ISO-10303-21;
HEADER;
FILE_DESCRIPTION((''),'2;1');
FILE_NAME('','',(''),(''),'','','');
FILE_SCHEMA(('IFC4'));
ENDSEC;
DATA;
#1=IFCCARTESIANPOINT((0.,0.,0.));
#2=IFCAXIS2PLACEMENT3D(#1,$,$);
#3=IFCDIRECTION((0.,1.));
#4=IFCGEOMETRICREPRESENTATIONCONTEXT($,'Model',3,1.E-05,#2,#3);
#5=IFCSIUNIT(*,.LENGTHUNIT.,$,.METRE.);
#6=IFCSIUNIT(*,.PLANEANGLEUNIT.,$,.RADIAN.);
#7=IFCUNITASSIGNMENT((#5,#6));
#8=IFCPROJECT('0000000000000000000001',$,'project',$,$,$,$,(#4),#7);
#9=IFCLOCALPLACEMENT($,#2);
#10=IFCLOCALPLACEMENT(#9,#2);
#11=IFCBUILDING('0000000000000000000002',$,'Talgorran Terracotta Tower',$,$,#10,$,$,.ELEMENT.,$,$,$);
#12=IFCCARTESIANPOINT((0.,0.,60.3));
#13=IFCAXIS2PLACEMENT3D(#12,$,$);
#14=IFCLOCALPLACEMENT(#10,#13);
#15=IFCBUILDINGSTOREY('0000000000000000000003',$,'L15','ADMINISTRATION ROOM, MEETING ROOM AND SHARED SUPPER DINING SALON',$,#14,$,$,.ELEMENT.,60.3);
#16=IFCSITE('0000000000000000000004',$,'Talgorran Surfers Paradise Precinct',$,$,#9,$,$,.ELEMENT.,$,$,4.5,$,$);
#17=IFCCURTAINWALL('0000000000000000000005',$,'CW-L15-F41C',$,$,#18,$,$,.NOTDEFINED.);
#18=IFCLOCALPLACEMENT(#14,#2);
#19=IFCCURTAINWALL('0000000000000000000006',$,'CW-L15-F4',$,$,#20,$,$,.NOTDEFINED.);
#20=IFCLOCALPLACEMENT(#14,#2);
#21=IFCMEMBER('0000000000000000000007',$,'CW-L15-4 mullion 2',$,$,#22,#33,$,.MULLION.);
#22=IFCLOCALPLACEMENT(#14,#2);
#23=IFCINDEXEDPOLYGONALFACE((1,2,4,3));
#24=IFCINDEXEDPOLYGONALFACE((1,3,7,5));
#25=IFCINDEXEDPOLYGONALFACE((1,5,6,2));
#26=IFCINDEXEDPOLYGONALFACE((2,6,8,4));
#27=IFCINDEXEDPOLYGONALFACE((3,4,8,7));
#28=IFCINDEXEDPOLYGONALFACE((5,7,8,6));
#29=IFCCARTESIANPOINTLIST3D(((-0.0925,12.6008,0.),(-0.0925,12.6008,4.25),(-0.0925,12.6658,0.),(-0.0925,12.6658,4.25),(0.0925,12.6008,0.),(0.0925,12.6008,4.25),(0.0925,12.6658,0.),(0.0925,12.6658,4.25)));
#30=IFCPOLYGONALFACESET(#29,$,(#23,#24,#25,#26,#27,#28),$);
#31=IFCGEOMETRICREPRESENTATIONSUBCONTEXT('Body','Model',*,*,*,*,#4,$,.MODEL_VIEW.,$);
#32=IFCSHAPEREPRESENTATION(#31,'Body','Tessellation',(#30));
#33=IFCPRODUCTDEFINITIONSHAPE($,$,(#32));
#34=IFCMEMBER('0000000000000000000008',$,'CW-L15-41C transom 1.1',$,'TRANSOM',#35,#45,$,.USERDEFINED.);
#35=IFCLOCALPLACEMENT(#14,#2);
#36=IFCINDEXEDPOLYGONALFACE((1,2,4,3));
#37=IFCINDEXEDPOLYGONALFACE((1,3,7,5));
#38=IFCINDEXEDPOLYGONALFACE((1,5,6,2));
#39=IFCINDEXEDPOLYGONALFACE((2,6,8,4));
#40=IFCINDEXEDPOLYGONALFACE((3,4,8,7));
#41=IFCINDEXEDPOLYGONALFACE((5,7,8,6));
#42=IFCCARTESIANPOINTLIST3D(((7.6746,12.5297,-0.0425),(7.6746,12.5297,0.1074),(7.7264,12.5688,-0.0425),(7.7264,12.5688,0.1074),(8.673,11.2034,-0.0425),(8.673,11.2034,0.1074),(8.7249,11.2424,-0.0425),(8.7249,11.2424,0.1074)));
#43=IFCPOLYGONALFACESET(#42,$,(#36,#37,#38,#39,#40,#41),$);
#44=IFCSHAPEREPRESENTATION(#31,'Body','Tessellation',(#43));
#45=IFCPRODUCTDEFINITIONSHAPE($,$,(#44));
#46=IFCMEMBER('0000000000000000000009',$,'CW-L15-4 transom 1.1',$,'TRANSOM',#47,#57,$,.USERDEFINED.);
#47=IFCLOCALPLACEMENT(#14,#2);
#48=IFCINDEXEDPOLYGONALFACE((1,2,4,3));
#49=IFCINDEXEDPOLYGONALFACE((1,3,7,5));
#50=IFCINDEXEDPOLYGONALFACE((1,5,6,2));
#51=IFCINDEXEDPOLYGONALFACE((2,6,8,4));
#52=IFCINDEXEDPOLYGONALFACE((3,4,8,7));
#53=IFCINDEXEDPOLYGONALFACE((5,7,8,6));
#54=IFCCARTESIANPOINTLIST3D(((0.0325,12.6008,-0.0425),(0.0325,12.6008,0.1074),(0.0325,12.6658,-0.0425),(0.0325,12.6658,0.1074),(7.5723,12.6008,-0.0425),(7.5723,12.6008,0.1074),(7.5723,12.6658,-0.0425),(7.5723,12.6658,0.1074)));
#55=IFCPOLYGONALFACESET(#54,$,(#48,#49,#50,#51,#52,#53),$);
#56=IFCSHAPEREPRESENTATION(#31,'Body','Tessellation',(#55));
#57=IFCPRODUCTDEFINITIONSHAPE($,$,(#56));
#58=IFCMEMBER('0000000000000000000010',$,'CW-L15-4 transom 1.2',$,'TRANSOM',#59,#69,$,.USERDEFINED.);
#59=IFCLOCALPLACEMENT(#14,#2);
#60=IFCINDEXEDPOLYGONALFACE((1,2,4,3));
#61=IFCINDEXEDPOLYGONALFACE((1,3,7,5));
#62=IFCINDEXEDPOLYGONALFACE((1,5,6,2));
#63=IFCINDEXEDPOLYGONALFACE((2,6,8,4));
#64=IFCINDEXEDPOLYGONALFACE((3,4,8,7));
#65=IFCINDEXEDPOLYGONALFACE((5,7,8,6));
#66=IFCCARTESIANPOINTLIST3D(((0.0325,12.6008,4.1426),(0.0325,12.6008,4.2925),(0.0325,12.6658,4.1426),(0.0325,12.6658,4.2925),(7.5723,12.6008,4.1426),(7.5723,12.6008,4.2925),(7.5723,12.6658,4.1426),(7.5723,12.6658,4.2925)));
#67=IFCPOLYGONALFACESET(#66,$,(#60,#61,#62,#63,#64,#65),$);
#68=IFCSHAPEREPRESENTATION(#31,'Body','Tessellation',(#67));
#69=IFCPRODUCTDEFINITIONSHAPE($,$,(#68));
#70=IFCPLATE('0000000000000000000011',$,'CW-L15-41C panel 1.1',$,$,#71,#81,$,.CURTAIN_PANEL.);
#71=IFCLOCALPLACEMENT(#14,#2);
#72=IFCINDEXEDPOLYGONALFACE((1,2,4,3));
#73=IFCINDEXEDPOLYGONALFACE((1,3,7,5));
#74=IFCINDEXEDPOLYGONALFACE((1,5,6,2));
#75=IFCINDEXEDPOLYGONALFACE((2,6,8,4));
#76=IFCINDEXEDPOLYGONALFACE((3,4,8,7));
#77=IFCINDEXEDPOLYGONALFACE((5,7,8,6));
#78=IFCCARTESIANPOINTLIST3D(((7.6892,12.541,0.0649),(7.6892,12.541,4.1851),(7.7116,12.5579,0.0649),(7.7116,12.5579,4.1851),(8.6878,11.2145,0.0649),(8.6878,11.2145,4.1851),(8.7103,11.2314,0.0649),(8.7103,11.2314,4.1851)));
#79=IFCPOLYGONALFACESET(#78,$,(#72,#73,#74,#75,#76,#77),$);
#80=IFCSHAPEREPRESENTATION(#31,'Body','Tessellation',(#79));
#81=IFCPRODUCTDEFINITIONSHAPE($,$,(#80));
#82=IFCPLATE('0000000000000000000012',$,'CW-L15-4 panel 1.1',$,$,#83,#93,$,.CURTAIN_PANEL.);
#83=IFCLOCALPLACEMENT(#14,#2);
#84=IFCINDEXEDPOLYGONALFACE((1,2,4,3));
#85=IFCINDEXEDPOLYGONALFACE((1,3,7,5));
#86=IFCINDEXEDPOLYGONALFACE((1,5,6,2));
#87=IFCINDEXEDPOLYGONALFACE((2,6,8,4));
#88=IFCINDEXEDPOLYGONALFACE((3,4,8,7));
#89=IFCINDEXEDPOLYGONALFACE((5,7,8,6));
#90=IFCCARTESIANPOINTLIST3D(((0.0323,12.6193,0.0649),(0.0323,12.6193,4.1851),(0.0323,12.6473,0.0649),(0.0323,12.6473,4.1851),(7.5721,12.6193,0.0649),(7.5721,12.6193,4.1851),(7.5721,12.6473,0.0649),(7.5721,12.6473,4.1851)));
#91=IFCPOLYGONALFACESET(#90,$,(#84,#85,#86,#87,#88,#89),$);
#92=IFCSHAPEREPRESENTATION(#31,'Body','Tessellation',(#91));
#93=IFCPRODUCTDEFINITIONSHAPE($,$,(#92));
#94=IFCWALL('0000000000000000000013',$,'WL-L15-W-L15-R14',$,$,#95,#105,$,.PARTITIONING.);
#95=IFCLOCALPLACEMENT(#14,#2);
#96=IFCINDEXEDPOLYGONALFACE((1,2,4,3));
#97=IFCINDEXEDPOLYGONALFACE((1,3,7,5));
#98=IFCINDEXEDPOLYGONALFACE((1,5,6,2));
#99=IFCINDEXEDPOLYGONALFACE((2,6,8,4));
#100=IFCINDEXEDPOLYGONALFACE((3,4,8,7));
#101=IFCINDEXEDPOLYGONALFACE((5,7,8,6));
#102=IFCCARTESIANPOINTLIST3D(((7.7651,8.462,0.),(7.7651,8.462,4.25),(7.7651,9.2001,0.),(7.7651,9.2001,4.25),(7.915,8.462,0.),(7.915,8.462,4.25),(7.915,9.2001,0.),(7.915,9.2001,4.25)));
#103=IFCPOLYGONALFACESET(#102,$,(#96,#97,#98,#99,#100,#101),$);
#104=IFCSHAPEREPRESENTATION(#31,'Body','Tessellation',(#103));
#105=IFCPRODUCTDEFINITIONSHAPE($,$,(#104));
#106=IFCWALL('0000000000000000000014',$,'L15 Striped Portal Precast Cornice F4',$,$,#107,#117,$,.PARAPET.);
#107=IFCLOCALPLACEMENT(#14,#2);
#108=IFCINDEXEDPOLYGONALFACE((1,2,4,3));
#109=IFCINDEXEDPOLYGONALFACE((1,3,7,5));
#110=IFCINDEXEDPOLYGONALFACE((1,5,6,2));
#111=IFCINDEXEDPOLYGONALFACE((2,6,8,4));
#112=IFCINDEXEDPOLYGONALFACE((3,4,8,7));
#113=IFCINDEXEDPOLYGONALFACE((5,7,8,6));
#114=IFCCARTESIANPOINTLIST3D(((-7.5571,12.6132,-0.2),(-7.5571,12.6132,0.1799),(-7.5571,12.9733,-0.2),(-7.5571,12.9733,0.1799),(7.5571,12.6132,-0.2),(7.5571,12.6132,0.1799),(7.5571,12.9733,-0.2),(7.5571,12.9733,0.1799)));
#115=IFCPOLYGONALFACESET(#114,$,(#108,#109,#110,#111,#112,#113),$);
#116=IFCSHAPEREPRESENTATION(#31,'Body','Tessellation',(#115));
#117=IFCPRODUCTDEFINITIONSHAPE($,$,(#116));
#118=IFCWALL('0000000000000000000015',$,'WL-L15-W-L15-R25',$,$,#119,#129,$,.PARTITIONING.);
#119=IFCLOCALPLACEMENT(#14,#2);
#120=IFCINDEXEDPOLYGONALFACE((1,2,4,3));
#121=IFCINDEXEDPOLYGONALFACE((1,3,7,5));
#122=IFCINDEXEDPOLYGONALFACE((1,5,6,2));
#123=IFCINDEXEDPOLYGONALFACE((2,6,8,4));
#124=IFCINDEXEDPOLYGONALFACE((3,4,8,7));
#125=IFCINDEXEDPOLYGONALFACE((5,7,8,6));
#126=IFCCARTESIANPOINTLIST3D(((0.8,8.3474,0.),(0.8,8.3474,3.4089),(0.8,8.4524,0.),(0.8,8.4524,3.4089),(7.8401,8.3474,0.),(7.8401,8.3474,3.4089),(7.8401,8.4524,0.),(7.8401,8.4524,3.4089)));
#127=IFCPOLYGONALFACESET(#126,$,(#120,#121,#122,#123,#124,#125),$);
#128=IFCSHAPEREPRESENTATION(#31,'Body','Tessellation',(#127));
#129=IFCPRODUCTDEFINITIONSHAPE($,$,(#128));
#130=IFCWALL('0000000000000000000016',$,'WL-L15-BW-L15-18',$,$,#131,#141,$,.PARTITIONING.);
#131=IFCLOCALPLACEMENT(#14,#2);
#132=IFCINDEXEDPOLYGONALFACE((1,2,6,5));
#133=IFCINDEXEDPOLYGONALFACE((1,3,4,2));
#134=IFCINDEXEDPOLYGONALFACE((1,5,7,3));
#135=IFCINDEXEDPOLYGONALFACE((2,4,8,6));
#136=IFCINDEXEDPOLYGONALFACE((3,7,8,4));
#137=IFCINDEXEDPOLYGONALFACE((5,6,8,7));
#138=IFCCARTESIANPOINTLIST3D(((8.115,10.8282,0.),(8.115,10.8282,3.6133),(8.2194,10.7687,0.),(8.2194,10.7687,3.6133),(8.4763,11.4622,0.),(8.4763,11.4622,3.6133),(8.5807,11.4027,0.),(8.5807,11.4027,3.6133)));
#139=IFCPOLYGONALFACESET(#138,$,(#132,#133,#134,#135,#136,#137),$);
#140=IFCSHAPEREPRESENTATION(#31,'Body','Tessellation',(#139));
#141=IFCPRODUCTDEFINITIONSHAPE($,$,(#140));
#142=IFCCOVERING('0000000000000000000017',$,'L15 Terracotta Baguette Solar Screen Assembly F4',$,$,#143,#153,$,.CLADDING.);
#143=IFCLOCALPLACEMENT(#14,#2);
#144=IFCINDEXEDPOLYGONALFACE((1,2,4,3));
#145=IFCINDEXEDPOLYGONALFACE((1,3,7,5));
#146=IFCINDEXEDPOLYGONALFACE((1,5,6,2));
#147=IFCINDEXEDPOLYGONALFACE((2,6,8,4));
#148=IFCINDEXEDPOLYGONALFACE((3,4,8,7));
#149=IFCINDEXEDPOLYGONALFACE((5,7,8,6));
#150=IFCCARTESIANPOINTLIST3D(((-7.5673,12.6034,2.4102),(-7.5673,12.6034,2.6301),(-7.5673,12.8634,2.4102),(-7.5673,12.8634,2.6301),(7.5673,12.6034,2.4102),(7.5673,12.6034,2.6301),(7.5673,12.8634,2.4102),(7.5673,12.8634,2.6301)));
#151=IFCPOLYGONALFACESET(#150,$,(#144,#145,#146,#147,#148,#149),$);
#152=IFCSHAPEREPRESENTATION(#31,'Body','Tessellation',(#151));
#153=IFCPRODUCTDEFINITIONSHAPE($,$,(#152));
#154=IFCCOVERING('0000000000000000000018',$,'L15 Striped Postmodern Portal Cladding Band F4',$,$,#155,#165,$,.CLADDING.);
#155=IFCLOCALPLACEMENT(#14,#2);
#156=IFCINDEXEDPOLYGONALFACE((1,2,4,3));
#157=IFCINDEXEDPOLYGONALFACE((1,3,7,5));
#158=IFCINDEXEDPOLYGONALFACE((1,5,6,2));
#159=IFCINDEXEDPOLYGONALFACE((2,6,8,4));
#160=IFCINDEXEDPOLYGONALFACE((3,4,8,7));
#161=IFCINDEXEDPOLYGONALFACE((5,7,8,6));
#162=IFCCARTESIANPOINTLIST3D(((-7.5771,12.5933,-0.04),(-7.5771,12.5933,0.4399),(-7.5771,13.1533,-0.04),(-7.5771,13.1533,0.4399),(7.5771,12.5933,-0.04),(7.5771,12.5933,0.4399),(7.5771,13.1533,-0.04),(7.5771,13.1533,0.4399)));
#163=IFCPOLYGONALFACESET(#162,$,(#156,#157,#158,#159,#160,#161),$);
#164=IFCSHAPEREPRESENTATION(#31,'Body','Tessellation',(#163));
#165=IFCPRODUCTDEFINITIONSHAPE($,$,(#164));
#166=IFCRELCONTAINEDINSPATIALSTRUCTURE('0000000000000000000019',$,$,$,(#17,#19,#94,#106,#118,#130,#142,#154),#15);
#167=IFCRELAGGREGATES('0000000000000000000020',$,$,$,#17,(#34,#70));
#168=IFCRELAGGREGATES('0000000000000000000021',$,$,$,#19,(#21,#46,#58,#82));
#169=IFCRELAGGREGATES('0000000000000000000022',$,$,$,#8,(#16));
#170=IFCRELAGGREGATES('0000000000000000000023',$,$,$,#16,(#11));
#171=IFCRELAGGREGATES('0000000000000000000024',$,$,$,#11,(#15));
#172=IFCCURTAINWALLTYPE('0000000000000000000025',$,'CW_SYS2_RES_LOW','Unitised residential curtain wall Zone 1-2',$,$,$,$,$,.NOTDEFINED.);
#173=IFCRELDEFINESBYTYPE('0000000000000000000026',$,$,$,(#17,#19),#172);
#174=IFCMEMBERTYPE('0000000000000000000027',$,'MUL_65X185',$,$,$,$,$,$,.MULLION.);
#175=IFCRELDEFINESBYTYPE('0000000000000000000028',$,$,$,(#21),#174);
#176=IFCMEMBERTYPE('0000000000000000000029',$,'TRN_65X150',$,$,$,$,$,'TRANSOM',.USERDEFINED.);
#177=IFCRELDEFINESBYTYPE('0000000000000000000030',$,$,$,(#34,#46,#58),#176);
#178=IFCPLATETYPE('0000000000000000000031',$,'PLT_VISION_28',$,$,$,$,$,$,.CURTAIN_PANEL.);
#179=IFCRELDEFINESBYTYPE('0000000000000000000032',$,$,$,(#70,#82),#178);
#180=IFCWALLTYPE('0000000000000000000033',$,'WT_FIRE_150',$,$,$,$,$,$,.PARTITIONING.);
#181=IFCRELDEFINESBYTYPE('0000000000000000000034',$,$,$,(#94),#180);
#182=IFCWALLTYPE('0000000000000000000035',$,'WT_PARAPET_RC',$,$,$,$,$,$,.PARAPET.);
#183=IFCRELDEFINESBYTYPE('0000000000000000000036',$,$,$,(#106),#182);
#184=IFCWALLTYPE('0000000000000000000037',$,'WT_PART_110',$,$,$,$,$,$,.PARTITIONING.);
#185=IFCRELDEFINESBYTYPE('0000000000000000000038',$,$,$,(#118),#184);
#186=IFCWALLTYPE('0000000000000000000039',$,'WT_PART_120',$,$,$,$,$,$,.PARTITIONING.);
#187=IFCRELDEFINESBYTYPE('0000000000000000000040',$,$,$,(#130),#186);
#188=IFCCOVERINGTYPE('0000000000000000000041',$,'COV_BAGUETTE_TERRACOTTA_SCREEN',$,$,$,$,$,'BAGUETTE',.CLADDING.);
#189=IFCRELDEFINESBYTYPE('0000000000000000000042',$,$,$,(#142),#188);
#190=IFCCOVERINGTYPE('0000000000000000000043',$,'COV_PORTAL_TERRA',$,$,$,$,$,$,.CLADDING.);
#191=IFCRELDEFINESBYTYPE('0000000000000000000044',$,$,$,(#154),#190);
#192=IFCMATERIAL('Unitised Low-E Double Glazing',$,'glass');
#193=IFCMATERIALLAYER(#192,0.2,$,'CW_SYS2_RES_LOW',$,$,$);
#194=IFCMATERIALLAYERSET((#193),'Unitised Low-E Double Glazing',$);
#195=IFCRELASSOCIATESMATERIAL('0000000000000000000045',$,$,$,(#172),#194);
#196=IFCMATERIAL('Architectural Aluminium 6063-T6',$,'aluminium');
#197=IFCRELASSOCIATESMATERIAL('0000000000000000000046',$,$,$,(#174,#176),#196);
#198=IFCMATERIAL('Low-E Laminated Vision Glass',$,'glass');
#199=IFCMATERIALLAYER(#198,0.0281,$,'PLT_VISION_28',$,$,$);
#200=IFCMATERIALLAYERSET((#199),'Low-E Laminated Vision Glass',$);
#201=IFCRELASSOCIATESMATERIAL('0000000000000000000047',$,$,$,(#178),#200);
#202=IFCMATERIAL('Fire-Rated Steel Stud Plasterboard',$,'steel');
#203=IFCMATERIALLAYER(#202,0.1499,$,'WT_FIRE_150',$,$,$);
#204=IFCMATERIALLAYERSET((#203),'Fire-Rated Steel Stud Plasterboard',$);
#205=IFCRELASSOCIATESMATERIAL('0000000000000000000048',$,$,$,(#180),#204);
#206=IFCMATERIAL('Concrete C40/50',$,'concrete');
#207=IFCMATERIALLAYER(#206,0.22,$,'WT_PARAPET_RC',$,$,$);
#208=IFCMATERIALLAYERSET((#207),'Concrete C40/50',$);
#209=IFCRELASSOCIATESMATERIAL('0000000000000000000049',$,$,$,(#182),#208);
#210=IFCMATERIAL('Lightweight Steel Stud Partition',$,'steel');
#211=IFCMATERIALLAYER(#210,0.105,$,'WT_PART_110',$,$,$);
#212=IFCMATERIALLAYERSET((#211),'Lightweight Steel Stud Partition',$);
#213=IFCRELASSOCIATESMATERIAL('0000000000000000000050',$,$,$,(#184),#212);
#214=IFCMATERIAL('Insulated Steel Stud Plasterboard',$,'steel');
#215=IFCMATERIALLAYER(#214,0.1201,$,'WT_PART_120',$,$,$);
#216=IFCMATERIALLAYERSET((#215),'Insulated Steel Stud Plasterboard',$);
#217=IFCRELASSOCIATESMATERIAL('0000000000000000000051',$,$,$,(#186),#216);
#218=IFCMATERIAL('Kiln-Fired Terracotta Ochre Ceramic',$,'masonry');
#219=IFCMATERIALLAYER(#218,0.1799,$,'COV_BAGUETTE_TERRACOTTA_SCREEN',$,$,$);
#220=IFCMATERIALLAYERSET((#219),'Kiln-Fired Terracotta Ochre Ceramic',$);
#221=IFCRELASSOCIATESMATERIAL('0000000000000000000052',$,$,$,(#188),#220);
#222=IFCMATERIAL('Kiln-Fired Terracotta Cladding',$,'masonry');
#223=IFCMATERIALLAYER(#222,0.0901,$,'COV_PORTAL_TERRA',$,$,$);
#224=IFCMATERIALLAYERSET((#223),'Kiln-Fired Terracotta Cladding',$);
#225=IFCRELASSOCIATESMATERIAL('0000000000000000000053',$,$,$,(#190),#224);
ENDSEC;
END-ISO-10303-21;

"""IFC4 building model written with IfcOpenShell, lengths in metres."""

from ifc_helpers import new_model, si_unit, direction, frame, frame_2d, origin, origin_2d, place, context, subcontext, project, spatial, rectangle, extrude, source, transform, mapped, material, layer, layer_set, material_profile, profile_set, type_object, type_shapes, element, aggregate, save


model = new_model("IFC4")

# Units and contexts
model_context = context("Model", 3, precision=1e-05, world=origin(), true_north=direction((0.0, 1.0)))
body_context = subcontext(model_context, "Body", "Model", "MODEL_VIEW")
ifc_project = project(units=[si_unit("LENGTHUNIT", "METRE"), si_unit("PLANEANGLEUNIT", "RADIAN")], contexts=[model_context])

# Site, building, storey
site_placement = place(None, origin())
site = spatial("IfcSite", under=ifc_project, at=site_placement, Name="Talgorran Surfers Paradise Precinct", CompositionType="ELEMENT", RefElevation=4.5)
building_placement = place(site_placement, origin())
building = spatial("IfcBuilding", under=site, at=building_placement, Name="Talgorran Terracotta Tower", CompositionType="ELEMENT")
storey_placement = place(building_placement, frame((0.0, 0.0, 60.3)))
storey = spatial("IfcBuildingStorey", under=building, at=storey_placement, Name="L15", Description="ADMINISTRATION ROOM, MEETING ROOM AND SHARED SUPPER DINING SALON", CompositionType="ELEMENT", Elevation=60.3)

# Curtain wall
ifc_material_1 = material(Name="Unitised Low-E Double Glazing", Category="glass")
ifc_layer_1 = layer(ifc_material_1, 0.2, Name="CW_SYS2_RES_LOW")
ifc_layer_set_1 = layer_set([ifc_layer_1], Name="Unitised Low-E Double Glazing")
curtain_wall_type = type_object("IfcCurtainWallType", Name="CW_SYS2_RES_LOW", Description="Unitised residential curtain wall Zone 1-2", PredefinedType="NOTDEFINED", material=ifc_layer_set_1)
curtain_wall_1_placement = place(storey_placement, origin())
curtain_wall_1 = element("IfcCurtainWall", 1, at=curtain_wall_1_placement, inside=storey, type_object=curtain_wall_type, Name="CW-L15-F41C", PredefinedType="NOTDEFINED")
ifc_material_2 = material(Name="Architectural Aluminium 6063-T6", Category="aluminium")
ifc_material_profile_1 = material_profile(ifc_material_2, rectangle(XDim=0.0649, YDim=0.1851, at=origin_2d()), Name="CWM65X185")
ifc_profile_set_1 = profile_set([ifc_material_profile_1], Name="Architectural Aluminium 6063-T6")
member_type_1 = type_object("IfcMemberType", Name="MUL_65X185", PredefinedType="MULLION", material=ifc_profile_set_1)

# Curtain wall, member
curtain_wall_2_placement = place(storey_placement, origin())
curtain_wall_2 = element("IfcCurtainWall", 2, at=curtain_wall_2_placement, inside=storey, type_object=curtain_wall_type, Name="CW-L15-F4", PredefinedType="NOTDEFINED")
member_1_placement = place(storey_placement, frame((0.0, 12.6333, 0.0), z_axis=(0.0, 0.0, 1.0), x_axis=(0.0, -1.0, 0.0)))
member_1 = element("IfcMember", 3, at=member_1_placement, type_object=member_type_1, Name="CW-L15-4 mullion 2", PredefinedType="MULLION", context=body_context, shape_type="SweptSolid", body=[
    extrude(rectangle(XDim=0.0649, YDim=0.1851, at=origin_2d()), origin(), (0.0, 0.0, 1.0), 4.25),
])

# Members
ifc_material_profile_2 = material_profile(ifc_material_2, rectangle(XDim=0.0649, YDim=0.1499, at=origin_2d()), Name="CWT65X150")
ifc_profile_set_2 = profile_set([ifc_material_profile_2], Name="Architectural Aluminium 6063-T6")
member_type_2 = type_object("IfcMemberType", Name="TRN_65X150", ElementType="TRANSOM", PredefinedType="USERDEFINED", material=ifc_profile_set_2)
member_2_placement = place(storey_placement, frame((8.699, 11.2229, 0.0325), z_axis=(-0.601434, 0.798922, 0.0), x_axis=(-0.798922, -0.601434, 0.0)))
member_2 = element("IfcMember", 4, at=member_2_placement, type_object=member_type_2, Name="CW-L15-41C transom 1.1", ObjectType="TRANSOM", PredefinedType="USERDEFINED", context=body_context, shape_type="SweptSolid", body=[
    extrude(rectangle(XDim=0.0649, YDim=0.1499, at=origin_2d()), origin(), (0.0, 0.0, 1.0), 1.6602),
])
member_3_placement = place(storey_placement, frame((7.5723, 12.6333, 0.0325), z_axis=(-1.0, 0.0, 0.0), x_axis=(0.0, -1.0, 0.0)))
member_3 = element("IfcMember", 5, at=member_3_placement, type_object=member_type_2, Name="CW-L15-4 transom 1.1", ObjectType="TRANSOM", PredefinedType="USERDEFINED", context=body_context, shape_type="SweptSolid", body=[
    extrude(rectangle(XDim=0.0649, YDim=0.1499, at=origin_2d()), origin(), (0.0, 0.0, 1.0), 7.5398),
])
member_4_placement = place(storey_placement, frame((7.5723, 12.6333, 4.2175), z_axis=(-1.0, 0.0, 0.0), x_axis=(0.0, -1.0, 0.0)))
member_4 = element("IfcMember", 6, at=member_4_placement, type_object=member_type_2, Name="CW-L15-4 transom 1.2", ObjectType="TRANSOM", PredefinedType="USERDEFINED", context=body_context, shape_type="SweptSolid", body=[
    extrude(rectangle(XDim=0.0649, YDim=0.1499, at=origin_2d()), origin(), (0.0, 0.0, 1.0), 7.5398),
])

# Plates
ifc_material_3 = material(Name="Low-E Laminated Vision Glass", Category="glass")
ifc_layer_2 = layer(ifc_material_3, 0.0281, Name="PLT_VISION_28")
ifc_layer_set_2 = layer_set([ifc_layer_2], Name="Low-E Laminated Vision Glass")
plate_type = type_object("IfcPlateType", Name="PLT_VISION_28", PredefinedType="CURTAIN_PANEL", material=ifc_layer_set_2)
shared_shape_1 = source(origin(), body_context, "Body", "SweptSolid", [
    extrude(rectangle(XDim=1.6604, YDim=0.0281, at=origin_2d()), origin(), (0.0, 0.0, 1.0), 4.1201),
])
plate_1_placement = place(storey_placement, frame((8.1997, 11.8862, 0.0649), z_axis=(0.0, 0.0, 1.0), x_axis=(-0.601456, 0.798906, 0.0)))
plate_1 = element("IfcPlate", 7, at=plate_1_placement, type_object=plate_type, Name="CW-L15-41C panel 1.1", PredefinedType="CURTAIN_PANEL", context=body_context, shape_type="MappedRepresentation", body=[
    mapped(shared_shape_1, transform((0.0, 0.0, 0.0), scale=1.0)),
])
aggregate(curtain_wall_1, [member_2, plate_1])
shared_shape_2 = source(origin(), body_context, "Body", "SweptSolid", [
    extrude(rectangle(XDim=7.5398, YDim=0.0281, at=origin_2d()), origin(), (0.0, 0.0, 1.0), 4.1201),
])
type_shapes(plate_type, [shared_shape_1, shared_shape_2])
plate_2_placement = place(storey_placement, frame((3.8022, 12.6333, 0.0649), z_axis=(0.0, 0.0, 1.0), x_axis=(-1.0, 0.0, 0.0)))
plate_2 = element("IfcPlate", 8, at=plate_2_placement, type_object=plate_type, Name="CW-L15-4 panel 1.1", PredefinedType="CURTAIN_PANEL", context=body_context, shape_type="MappedRepresentation", body=[
    mapped(shared_shape_2, transform((0.0, 0.0, 0.0), scale=1.0)),
])
aggregate(curtain_wall_2, [member_1, member_3, member_4, plate_2])

# Walls
ifc_material_4 = material(Name="Fire-Rated Steel Stud Plasterboard", Category="steel")
ifc_layer_3 = layer(ifc_material_4, 0.1499, Name="WT_FIRE_150")
ifc_layer_set_3 = layer_set([ifc_layer_3], Name="Fire-Rated Steel Stud Plasterboard")
wall_type_1 = type_object("IfcWallType", Name="WT_FIRE_150", PredefinedType="PARTITIONING", material=ifc_layer_set_3)
wall_1_placement = place(storey_placement, frame((7.8401, 8.4619, 0.0), z_axis=(0.0, 0.0, 1.0), x_axis=(0.0, 1.0, 0.0)))
element("IfcWall", 9, at=wall_1_placement, inside=storey, type_object=wall_type_1, Name="WL-L15-W-L15-R14", PredefinedType="PARTITIONING", context=body_context, shape_type="SweptSolid", body=[
    extrude(rectangle(XDim=0.738, YDim=0.1499, at=frame_2d((0.3691, 0.0))), origin(), (0.0, 0.0, 1.0), 4.25),
])
ifc_material_5 = material(Name="Concrete C40/50", Category="concrete")
ifc_layer_4 = layer(ifc_material_5, 0.22, Name="WT_PARAPET_RC")
ifc_layer_set_4 = layer_set([ifc_layer_4], Name="Concrete C40/50")
wall_type_2 = type_object("IfcWallType", Name="WT_PARAPET_RC", PredefinedType="PARAPET", material=ifc_layer_set_4)
wall_2_placement = place(storey_placement, frame((7.5571, 12.7932, -0.2), z_axis=(0.0, 0.0, 1.0), x_axis=(-1.0, 0.0, 0.0)))
element("IfcWall", 10, at=wall_2_placement, inside=storey, type_object=wall_type_2, Name="L15 Striped Portal Precast Cornice F4", PredefinedType="PARAPET", context=body_context, shape_type="SweptSolid", body=[
    extrude(rectangle(XDim=15.1143, YDim=0.3601, at=frame_2d((7.5571, 0.0))), origin(), (0.0, 0.0, 1.0), 0.3799),
])
ifc_material_6 = material(Name="Lightweight Steel Stud Partition", Category="steel")
ifc_layer_5 = layer(ifc_material_6, 0.105, Name="WT_PART_110")
ifc_layer_set_5 = layer_set([ifc_layer_5], Name="Lightweight Steel Stud Partition")
wall_type_3 = type_object("IfcWallType", Name="WT_PART_110", PredefinedType="PARTITIONING", material=ifc_layer_set_5)
wall_3_placement = place(storey_placement, frame((0.8, 8.3999, 0.0), z_axis=(0.0, 0.0, 1.0), x_axis=(1.0, 0.0, 0.0)))
element("IfcWall", 11, at=wall_3_placement, inside=storey, type_object=wall_type_3, Name="WL-L15-W-L15-R25", PredefinedType="PARTITIONING", context=body_context, shape_type="SweptSolid", body=[
    extrude(rectangle(XDim=7.04, YDim=0.105, at=frame_2d((3.52, 0.0))), origin(), (0.0, 0.0, 1.0), 3.4089),
])
ifc_material_7 = material(Name="Insulated Steel Stud Plasterboard", Category="steel")
ifc_layer_6 = layer(ifc_material_7, 0.1201, Name="WT_PART_120")
ifc_layer_set_6 = layer_set([ifc_layer_6], Name="Insulated Steel Stud Plasterboard")
wall_type_4 = type_object("IfcWallType", Name="WT_PART_120", PredefinedType="PARTITIONING", material=ifc_layer_set_6)
wall_4_placement = place(storey_placement, frame((8.1672, 10.7986, 0.0), z_axis=(0.0, 0.0, 1.0), x_axis=(0.49513, 0.868819, 0.0)))
element("IfcWall", 12, at=wall_4_placement, inside=storey, type_object=wall_type_4, Name="WL-L15-BW-L15-18", PredefinedType="PARTITIONING", context=body_context, shape_type="SweptSolid", body=[
    extrude(rectangle(XDim=0.7297, YDim=0.1201, at=frame_2d((0.3647, 0.0))), origin(), (0.0, 0.0, 1.0), 3.6133),
])

# Coverings
ifc_material_8 = material(Name="Kiln-Fired Terracotta Ochre Ceramic", Category="masonry")
ifc_layer_7 = layer(ifc_material_8, 0.1799, Name="COV_BAGUETTE_TERRACOTTA_SCREEN")
ifc_layer_set_7 = layer_set([ifc_layer_7], Name="Kiln-Fired Terracotta Ochre Ceramic")
covering_type_1 = type_object("IfcCoveringType", Name="COV_BAGUETTE_TERRACOTTA_SCREEN", ElementType="BAGUETTE", PredefinedType="CLADDING", material=ifc_layer_set_7)
covering_1_placement = place(storey_placement, frame((0.0, 12.7334, 2.4102), z_axis=(0.0, 0.0, 1.0), x_axis=(-1.0, 0.0, 0.0)))
element("IfcCovering", 13, at=covering_1_placement, inside=storey, type_object=covering_type_1, Name="L15 Terracotta Baguette Solar Screen Assembly F4", PredefinedType="CLADDING", context=body_context, shape_type="SweptSolid", body=[
    extrude(rectangle(XDim=15.1345, YDim=0.26, at=origin_2d()), origin(), (0.0, 0.0, 1.0), 0.22),
])
ifc_material_9 = material(Name="Kiln-Fired Terracotta Cladding", Category="masonry")
ifc_layer_8 = layer(ifc_material_9, 0.0901, Name="COV_PORTAL_TERRA")
ifc_layer_set_8 = layer_set([ifc_layer_8], Name="Kiln-Fired Terracotta Cladding")
covering_type_2 = type_object("IfcCoveringType", Name="COV_PORTAL_TERRA", PredefinedType="CLADDING", material=ifc_layer_set_8)
covering_2_placement = place(storey_placement, frame((0.0, 12.8733, -0.04), z_axis=(0.0, 0.0, 1.0), x_axis=(-1.0, 0.0, 0.0)))
element("IfcCovering", 14, at=covering_2_placement, inside=storey, type_object=covering_type_2, Name="L15 Striped Postmodern Portal Cladding Band F4", PredefinedType="CLADDING", context=body_context, shape_type="SweptSolid", body=[
    extrude(rectangle(XDim=15.1543, YDim=0.5601, at=origin_2d()), origin(), (0.0, 0.0, 1.0), 0.48),
])

save(model, "model.ifc")
